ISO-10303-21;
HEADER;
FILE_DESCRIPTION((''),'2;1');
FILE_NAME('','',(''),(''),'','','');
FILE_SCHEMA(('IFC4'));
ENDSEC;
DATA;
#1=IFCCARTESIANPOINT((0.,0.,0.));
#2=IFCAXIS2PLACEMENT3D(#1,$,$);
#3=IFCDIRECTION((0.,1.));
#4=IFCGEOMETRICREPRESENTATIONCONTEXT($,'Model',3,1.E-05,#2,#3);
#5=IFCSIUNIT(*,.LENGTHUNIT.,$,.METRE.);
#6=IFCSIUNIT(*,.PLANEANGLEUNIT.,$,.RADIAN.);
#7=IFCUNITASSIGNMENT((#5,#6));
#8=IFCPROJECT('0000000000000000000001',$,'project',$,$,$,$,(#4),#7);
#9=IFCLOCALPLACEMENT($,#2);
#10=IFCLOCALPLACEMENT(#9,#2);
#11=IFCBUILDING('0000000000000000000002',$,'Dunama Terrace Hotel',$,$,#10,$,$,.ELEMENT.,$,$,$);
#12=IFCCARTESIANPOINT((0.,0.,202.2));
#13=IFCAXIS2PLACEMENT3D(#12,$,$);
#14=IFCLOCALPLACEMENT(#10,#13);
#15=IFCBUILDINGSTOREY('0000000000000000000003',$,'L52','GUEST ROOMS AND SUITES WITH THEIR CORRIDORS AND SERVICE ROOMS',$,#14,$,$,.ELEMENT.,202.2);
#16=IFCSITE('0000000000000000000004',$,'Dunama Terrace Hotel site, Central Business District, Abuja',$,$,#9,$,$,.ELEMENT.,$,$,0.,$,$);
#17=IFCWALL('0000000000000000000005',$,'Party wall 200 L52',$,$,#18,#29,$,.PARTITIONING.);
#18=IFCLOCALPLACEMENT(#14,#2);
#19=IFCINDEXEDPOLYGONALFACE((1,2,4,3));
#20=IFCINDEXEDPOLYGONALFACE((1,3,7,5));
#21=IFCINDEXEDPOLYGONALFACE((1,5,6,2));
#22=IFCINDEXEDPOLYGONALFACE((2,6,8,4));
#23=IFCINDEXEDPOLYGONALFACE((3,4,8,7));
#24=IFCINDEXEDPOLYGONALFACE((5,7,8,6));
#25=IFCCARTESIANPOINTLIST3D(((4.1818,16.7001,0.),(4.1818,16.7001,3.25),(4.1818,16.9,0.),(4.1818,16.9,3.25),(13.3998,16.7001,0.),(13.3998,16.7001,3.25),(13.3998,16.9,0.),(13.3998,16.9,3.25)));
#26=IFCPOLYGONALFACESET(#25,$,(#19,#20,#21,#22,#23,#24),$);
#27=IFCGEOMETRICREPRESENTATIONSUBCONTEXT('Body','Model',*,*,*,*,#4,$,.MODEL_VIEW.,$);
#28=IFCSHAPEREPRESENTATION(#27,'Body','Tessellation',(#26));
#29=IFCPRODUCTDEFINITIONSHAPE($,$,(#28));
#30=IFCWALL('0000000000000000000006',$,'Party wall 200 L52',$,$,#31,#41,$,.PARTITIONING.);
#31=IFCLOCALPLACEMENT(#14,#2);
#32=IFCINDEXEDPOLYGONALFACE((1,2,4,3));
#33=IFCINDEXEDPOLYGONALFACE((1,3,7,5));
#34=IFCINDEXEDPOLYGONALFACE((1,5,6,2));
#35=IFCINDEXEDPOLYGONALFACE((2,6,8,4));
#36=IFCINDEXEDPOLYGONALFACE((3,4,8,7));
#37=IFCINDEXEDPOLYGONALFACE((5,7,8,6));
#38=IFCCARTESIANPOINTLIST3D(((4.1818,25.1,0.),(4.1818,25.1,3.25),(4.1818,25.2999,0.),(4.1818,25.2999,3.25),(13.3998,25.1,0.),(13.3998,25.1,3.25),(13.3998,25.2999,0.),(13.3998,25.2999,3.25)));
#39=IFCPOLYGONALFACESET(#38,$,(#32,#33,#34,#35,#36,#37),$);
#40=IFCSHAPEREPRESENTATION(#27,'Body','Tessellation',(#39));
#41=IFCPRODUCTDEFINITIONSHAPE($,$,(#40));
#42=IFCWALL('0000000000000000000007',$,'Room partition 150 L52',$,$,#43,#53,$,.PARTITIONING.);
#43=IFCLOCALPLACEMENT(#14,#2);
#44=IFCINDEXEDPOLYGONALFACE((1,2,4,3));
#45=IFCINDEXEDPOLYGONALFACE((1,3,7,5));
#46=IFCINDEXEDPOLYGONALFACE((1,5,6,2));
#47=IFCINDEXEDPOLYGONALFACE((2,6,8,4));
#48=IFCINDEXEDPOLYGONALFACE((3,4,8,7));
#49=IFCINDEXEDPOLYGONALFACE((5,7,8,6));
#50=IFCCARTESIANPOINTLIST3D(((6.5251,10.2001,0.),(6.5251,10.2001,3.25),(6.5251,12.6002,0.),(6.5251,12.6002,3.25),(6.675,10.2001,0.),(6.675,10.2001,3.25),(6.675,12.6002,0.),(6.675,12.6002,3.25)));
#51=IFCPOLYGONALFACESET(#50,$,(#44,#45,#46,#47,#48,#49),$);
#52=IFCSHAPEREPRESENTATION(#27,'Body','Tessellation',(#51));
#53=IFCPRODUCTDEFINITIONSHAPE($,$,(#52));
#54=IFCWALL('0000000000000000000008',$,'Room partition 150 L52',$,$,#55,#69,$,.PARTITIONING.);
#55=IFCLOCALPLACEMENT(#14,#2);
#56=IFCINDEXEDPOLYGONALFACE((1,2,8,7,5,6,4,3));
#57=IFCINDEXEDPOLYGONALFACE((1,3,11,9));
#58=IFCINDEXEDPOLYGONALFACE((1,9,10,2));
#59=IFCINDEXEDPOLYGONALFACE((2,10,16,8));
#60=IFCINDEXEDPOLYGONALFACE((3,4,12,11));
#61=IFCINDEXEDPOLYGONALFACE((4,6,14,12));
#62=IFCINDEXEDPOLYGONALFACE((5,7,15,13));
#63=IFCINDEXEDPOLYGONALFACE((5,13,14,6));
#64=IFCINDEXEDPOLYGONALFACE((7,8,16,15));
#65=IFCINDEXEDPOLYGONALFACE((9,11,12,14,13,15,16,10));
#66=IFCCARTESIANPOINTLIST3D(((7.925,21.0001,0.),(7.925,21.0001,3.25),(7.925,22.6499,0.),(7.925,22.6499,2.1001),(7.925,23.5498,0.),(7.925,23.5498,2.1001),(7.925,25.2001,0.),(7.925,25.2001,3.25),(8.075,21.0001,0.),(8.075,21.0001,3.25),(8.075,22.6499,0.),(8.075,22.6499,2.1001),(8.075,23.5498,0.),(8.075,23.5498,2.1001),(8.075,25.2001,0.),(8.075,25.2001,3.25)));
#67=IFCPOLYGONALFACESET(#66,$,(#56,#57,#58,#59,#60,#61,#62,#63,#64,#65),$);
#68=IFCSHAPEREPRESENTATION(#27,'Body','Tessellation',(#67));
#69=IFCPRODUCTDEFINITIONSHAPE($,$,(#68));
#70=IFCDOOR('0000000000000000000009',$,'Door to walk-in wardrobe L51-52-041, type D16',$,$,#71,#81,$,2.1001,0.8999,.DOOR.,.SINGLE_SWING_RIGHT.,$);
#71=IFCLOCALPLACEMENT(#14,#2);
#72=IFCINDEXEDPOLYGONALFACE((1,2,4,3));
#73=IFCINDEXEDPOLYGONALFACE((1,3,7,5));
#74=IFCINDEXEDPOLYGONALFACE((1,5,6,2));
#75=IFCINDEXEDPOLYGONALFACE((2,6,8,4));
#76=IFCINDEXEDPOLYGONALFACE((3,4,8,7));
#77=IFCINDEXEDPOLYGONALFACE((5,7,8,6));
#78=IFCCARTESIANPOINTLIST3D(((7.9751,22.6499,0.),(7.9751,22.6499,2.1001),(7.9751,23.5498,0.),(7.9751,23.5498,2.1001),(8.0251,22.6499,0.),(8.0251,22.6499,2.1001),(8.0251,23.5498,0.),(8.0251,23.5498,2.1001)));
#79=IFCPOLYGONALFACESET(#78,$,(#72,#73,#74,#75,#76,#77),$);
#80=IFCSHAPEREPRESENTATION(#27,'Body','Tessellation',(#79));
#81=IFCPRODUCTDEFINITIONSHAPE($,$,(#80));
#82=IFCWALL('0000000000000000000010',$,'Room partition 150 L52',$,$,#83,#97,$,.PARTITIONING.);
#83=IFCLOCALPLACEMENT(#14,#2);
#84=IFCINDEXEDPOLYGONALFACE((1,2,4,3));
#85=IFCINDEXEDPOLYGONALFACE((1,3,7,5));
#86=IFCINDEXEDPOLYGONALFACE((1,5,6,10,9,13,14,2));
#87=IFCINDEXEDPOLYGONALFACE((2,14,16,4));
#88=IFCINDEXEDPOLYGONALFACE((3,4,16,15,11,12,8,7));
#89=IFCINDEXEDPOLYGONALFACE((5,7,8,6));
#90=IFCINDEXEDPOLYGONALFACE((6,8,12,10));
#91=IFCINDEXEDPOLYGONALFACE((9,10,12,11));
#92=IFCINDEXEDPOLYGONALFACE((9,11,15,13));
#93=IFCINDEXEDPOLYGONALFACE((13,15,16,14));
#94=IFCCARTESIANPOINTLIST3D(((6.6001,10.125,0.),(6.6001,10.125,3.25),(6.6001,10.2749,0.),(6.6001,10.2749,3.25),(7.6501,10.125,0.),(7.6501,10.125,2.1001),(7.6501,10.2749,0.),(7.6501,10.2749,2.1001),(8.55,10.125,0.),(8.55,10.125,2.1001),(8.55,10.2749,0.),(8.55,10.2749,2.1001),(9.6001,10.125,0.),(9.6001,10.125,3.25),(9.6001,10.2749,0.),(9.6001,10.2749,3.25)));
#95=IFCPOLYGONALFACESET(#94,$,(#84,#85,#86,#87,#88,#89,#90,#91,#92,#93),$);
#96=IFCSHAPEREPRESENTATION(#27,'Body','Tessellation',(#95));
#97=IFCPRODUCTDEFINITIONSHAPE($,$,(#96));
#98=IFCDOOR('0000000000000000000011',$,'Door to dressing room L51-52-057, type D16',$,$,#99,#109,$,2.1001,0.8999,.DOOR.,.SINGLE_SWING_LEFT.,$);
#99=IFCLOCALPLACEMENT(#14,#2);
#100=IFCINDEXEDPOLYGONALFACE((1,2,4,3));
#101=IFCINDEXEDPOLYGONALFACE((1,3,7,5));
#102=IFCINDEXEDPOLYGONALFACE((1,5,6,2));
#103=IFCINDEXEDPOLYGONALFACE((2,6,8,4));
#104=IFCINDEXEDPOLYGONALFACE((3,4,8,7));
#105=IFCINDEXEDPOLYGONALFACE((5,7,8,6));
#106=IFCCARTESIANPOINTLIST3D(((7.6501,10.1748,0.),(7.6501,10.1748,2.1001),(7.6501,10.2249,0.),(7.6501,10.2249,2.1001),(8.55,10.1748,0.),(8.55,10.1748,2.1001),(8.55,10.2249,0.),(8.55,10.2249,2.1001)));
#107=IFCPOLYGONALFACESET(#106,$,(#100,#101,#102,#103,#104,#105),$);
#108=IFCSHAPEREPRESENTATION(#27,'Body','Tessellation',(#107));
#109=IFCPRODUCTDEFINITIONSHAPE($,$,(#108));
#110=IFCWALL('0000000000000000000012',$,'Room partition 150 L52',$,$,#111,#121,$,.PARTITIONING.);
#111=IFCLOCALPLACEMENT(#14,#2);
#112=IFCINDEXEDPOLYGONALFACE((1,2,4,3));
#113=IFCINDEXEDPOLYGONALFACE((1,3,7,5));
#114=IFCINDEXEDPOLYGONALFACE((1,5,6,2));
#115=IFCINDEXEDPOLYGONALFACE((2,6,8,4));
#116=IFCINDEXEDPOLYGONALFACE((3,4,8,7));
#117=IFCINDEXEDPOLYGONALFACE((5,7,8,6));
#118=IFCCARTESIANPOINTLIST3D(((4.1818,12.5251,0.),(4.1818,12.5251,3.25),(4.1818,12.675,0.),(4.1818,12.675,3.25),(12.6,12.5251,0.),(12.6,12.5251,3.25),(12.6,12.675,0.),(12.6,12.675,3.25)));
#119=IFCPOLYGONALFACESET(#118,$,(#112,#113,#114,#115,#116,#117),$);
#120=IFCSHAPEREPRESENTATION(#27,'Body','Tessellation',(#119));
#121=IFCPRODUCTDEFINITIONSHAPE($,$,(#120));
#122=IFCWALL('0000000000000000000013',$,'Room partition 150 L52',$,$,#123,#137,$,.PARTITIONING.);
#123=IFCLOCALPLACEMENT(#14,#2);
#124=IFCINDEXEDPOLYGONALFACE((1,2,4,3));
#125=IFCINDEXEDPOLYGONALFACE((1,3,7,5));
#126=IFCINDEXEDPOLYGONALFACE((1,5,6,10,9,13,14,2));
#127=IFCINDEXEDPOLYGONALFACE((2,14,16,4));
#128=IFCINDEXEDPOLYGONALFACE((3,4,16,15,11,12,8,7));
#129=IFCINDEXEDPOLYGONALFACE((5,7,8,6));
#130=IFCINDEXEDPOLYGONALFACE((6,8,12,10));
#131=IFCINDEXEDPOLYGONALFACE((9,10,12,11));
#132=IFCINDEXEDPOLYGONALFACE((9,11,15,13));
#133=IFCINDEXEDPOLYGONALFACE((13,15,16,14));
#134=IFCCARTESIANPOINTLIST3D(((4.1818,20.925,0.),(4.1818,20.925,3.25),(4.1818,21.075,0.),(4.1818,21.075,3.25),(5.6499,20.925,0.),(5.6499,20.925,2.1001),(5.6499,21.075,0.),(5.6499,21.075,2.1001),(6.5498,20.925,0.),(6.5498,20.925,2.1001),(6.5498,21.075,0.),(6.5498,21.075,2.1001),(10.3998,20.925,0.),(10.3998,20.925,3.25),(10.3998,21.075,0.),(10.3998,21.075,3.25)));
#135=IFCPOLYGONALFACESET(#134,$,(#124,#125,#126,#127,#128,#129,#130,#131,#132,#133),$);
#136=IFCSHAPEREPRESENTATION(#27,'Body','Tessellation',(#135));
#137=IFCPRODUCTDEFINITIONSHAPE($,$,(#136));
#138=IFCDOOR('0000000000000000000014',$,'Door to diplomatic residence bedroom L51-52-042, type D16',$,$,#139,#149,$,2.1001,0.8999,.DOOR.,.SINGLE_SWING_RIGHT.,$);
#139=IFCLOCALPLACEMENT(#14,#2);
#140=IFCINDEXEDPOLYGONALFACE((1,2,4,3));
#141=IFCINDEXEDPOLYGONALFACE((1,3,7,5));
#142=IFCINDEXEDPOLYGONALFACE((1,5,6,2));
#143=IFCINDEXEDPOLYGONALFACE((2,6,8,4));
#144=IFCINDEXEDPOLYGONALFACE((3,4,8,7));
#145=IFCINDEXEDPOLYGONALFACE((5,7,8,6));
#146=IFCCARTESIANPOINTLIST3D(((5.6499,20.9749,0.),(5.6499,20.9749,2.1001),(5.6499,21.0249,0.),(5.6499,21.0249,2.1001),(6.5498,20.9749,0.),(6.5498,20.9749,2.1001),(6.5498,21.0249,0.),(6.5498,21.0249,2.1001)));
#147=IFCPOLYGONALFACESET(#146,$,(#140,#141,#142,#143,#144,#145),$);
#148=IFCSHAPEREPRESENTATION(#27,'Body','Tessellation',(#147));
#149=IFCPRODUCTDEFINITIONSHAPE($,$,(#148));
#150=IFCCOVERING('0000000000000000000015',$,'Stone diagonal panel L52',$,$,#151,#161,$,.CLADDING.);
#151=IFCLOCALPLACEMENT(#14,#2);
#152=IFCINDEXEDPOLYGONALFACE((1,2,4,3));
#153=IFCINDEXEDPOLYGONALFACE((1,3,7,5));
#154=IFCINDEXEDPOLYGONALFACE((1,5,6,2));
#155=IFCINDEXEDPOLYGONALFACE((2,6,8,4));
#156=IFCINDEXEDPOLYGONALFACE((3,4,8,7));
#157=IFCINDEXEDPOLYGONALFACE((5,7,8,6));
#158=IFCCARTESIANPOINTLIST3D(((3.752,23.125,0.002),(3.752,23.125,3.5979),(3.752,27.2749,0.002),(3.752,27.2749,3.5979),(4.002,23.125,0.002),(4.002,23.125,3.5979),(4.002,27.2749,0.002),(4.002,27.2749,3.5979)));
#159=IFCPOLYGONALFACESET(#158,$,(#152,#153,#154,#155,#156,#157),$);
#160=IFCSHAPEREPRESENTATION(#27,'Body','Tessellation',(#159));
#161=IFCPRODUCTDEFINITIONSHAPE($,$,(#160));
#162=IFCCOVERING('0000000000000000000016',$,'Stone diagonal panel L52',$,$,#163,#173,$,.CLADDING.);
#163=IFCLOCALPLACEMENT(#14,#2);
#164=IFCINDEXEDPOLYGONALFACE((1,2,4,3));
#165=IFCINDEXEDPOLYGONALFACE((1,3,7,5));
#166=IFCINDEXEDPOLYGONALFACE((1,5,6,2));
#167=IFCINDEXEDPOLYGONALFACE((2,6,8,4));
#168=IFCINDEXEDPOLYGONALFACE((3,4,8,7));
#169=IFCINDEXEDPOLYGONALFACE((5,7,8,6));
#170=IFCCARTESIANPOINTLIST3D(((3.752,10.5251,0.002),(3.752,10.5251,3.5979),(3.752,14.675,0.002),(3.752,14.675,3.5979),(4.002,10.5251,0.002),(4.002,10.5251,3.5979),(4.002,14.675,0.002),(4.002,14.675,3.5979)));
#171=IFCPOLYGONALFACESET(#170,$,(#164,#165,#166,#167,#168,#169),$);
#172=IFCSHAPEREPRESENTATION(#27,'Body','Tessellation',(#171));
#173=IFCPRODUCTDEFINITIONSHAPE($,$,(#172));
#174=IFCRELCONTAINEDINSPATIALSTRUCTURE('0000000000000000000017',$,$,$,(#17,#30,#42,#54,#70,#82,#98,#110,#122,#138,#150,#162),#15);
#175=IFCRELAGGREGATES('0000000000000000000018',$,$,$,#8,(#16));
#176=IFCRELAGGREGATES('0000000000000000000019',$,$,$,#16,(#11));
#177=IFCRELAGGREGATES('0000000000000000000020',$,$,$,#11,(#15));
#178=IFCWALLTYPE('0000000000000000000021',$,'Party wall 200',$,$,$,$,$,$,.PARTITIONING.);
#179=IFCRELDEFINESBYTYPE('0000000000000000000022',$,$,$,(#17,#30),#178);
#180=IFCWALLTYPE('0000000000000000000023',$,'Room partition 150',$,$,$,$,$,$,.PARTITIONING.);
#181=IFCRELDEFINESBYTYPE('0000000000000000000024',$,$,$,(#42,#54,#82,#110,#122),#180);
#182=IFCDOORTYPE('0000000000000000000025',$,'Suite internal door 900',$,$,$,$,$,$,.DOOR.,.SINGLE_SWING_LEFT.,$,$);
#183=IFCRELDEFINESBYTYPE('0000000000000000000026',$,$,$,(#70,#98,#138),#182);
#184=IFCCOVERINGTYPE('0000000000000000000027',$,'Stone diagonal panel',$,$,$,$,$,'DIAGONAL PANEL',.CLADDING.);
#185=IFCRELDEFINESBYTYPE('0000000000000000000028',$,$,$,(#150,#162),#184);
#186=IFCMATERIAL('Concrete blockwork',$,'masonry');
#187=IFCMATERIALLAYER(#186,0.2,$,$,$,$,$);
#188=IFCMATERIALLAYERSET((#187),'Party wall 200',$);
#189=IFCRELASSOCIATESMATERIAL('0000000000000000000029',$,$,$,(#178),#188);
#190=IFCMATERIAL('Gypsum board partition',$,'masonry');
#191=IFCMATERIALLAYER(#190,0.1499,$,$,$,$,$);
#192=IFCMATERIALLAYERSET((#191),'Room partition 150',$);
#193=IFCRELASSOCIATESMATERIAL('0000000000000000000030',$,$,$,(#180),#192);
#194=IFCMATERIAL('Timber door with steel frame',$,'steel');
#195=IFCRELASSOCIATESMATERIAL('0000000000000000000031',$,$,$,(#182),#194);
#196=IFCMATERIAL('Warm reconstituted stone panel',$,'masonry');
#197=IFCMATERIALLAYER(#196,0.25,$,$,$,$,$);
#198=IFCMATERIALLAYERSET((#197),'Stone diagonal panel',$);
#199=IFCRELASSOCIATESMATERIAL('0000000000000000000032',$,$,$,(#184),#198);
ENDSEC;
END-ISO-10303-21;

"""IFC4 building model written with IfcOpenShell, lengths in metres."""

from ifc_helpers import new_model, si_unit, direction, frame, frame_2d, origin, origin_2d, place, context, subcontext, project, spatial, rectangle, extrude, material, layer, layer_set, type_object, element, fill, save


model = new_model("IFC4")

# Units and contexts
model_context = context("Model", 3, precision=1e-05, world=origin(), true_north=direction((0.0, 1.0)))
body_context = subcontext(model_context, "Body", "Model", "MODEL_VIEW")
ifc_project = project(units=[si_unit("LENGTHUNIT", "METRE"), si_unit("PLANEANGLEUNIT", "RADIAN")], contexts=[model_context])

# Site, building, storey
site_placement = place(None, origin())
site = spatial("IfcSite", under=ifc_project, at=site_placement, Name="Dunama Terrace Hotel site, Central Business District, Abuja", CompositionType="ELEMENT", RefElevation=0.0)
building_placement = place(site_placement, origin())
building = spatial("IfcBuilding", under=site, at=building_placement, Name="Dunama Terrace Hotel", CompositionType="ELEMENT")
storey_placement = place(building_placement, frame((0.0, 0.0, 202.2)))
storey = spatial("IfcBuildingStorey", under=building, at=storey_placement, Name="L52", Description="GUEST ROOMS AND SUITES WITH THEIR CORRIDORS AND SERVICE ROOMS", CompositionType="ELEMENT", Elevation=202.2)

# Walls
ifc_material_1 = material(Name="Concrete blockwork", Category="masonry")
ifc_layer_1 = layer(ifc_material_1, 0.2)
ifc_layer_set_1 = layer_set([ifc_layer_1], Name="Party wall 200")
wall_type_1 = type_object("IfcWallType", Name="Party wall 200", PredefinedType="PARTITIONING", material=ifc_layer_set_1)
for number, where, z_axis, x_axis, name in (
    (1, (4.1819, 16.8, 0.0), (0.0, 0.0, 1.0), (1.0, 0.0, 0.0), "Party wall 200 L52"),
    (2, (4.1819, 25.2, 0.0), (0.0, 0.0, 1.0), (1.0, 0.0, 0.0), "Party wall 200 L52"),
):
    element("IfcWall", number, at=place(storey_placement, frame(where, z_axis=z_axis, x_axis=x_axis)), inside=storey, type_object=wall_type_1, Name=name, PredefinedType="PARTITIONING", context=body_context, shape_type="SweptSolid", body=[
        extrude(rectangle(XDim=9.218, YDim=0.2, at=frame_2d((4.6089, 0.0))), origin(), (0.0, 0.0, 1.0), 3.25),
    ])
ifc_material_2 = material(Name="Gypsum board partition", Category="masonry")
ifc_layer_2 = layer(ifc_material_2, 0.1499)
ifc_layer_set_2 = layer_set([ifc_layer_2], Name="Room partition 150")
wall_type_2 = type_object("IfcWallType", Name="Room partition 150", PredefinedType="PARTITIONING", material=ifc_layer_set_2)
wall_1_placement = place(storey_placement, frame((6.6001, 10.2, 0.0), z_axis=(0.0, 0.0, 1.0), x_axis=(0.0, 1.0, 0.0)))
element("IfcWall", 3, at=wall_1_placement, inside=storey, type_object=wall_type_2, Name="Room partition 150 L52", PredefinedType="PARTITIONING", context=body_context, shape_type="SweptSolid", body=[
    extrude(rectangle(XDim=2.4001, YDim=0.1499, at=frame_2d((1.2002, 0.0))), origin(), (0.0, 0.0, 1.0), 3.25),
])

# Walls, openings, doors
wall_2_placement = place(storey_placement, frame((8.0, 21.0, 0.0), z_axis=(0.0, 0.0, 1.0), x_axis=(0.0, 1.0, 0.0)))
wall_2 = element("IfcWall", 4, at=wall_2_placement, inside=storey, type_object=wall_type_2, Name="Room partition 150 L52", PredefinedType="PARTITIONING", context=body_context, shape_type="SweptSolid", body=[
    extrude(rectangle(XDim=4.2, YDim=0.1499, at=frame_2d((2.1001, 0.0))), origin(), (0.0, 0.0, 1.0), 3.25),
])
opening_1_placement = place(wall_2_placement, frame((1.6499, 0.0, 0.0)))
opening_1 = element("IfcOpeningElement", 5, at=opening_1_placement, cuts=wall_2, PredefinedType="OPENING", context=body_context, shape_type="SweptSolid", body=[
    extrude(rectangle(XDim=0.8999, YDim=2.1001, at=frame_2d((0.45, 1.05))), frame((0.0, 0.085, 0.0), z_axis=(0.0, -1.0, 0.0), x_axis=(1.0, 0.0, 0.0)), (0.0, 0.0, 1.0), 0.1699),
])
ifc_material_3 = material(Name="Timber door with steel frame", Category="steel")
door_type = type_object("IfcDoorType", Name="Suite internal door 900", OperationType="SINGLE_SWING_LEFT", PredefinedType="DOOR", material=ifc_material_3)
door_1_placement = place(opening_1_placement, frame((0.8999, 0.0, 0.0), z_axis=(0.0, 0.0, 1.0), x_axis=(-1.0, 0.0, 0.0)))
door_1 = element("IfcDoor", 6, at=door_1_placement, inside=storey, type_object=door_type, Name="Door to walk-in wardrobe L51-52-041, type D16", OperationType="SINGLE_SWING_RIGHT", OverallHeight=2.1001, OverallWidth=0.8999, PredefinedType="DOOR", context=body_context, shape_type="SweptSolid", body=[
    extrude(rectangle(XDim=0.8999, YDim=2.1001, at=frame_2d((0.45, 1.05))), frame((0.0, 0.0251, 0.0), z_axis=(0.0, -1.0, 0.0), x_axis=(1.0, 0.0, 0.0)), (0.0, 0.0, 1.0), 0.05),
])
fill(opening_1, door_1)
wall_3_placement = place(storey_placement, frame((6.6001, 10.2, 0.0), z_axis=(0.0, 0.0, 1.0), x_axis=(1.0, 0.0, 0.0)))
wall_3 = element("IfcWall", 7, at=wall_3_placement, inside=storey, type_object=wall_type_2, Name="Room partition 150 L52", PredefinedType="PARTITIONING", context=body_context, shape_type="SweptSolid", body=[
    extrude(rectangle(XDim=3.0, YDim=0.1499, at=frame_2d((1.5, 0.0))), origin(), (0.0, 0.0, 1.0), 3.25),
])
opening_2_placement = place(wall_3_placement, frame((1.05, 0.0, 0.0)))
opening_2 = element("IfcOpeningElement", 8, at=opening_2_placement, cuts=wall_3, PredefinedType="OPENING", context=body_context, shape_type="SweptSolid", body=[
    extrude(rectangle(XDim=0.8999, YDim=2.1001, at=frame_2d((0.45, 1.05))), frame((0.0, 0.085, 0.0), z_axis=(0.0, -1.0, 0.0), x_axis=(1.0, 0.0, 0.0)), (0.0, 0.0, 1.0), 0.1699),
])
door_2_placement = place(opening_2_placement, origin())
door_2 = element("IfcDoor", 9, at=door_2_placement, inside=storey, type_object=door_type, Name="Door to dressing room L51-52-057, type D16", OperationType="SINGLE_SWING_LEFT", OverallHeight=2.1001, OverallWidth=0.8999, PredefinedType="DOOR", context=body_context, shape_type="SweptSolid", body=[
    extrude(rectangle(XDim=0.8999, YDim=2.1001, at=frame_2d((0.45, 1.05))), frame((0.0, 0.0249, 0.0), z_axis=(0.0, -1.0, 0.0), x_axis=(1.0, 0.0, 0.0)), (0.0, 0.0, 1.0), 0.05),
])
fill(opening_2, door_2)

# Wall
wall_4_placement = place(storey_placement, frame((4.1819, 12.6001, 0.0), z_axis=(0.0, 0.0, 1.0), x_axis=(1.0, 0.0, 0.0)))
element("IfcWall", 10, at=wall_4_placement, inside=storey, type_object=wall_type_2, Name="Room partition 150 L52", PredefinedType="PARTITIONING", context=body_context, shape_type="SweptSolid", body=[
    extrude(rectangle(XDim=8.4182, YDim=0.1499, at=frame_2d((4.209, 0.0))), origin(), (0.0, 0.0, 1.0), 3.25),
])

# Wall, opening, door
wall_5_placement = place(storey_placement, frame((4.1819, 21.0, 0.0), z_axis=(0.0, 0.0, 1.0), x_axis=(1.0, 0.0, 0.0)))
wall_5 = element("IfcWall", 11, at=wall_5_placement, inside=storey, type_object=wall_type_2, Name="Room partition 150 L52", PredefinedType="PARTITIONING", context=body_context, shape_type="SweptSolid", body=[
    extrude(rectangle(XDim=6.218, YDim=0.1499, at=frame_2d((3.1089, 0.0))), origin(), (0.0, 0.0, 1.0), 3.25),
])
opening_3_placement = place(wall_5_placement, frame((1.468, 0.0, 0.0)))
opening_3 = element("IfcOpeningElement", 12, at=opening_3_placement, cuts=wall_5, PredefinedType="OPENING", context=body_context, shape_type="SweptSolid", body=[
    extrude(rectangle(XDim=0.8999, YDim=2.1001, at=frame_2d((0.45, 1.05))), frame((0.0, 0.085, 0.0), z_axis=(0.0, -1.0, 0.0), x_axis=(1.0, 0.0, 0.0)), (0.0, 0.0, 1.0), 0.1699),
])
door_3_placement = place(opening_3_placement, origin())
door_3 = element("IfcDoor", 13, at=door_3_placement, inside=storey, type_object=door_type, Name="Door to diplomatic residence bedroom L51-52-042, type D16", OperationType="SINGLE_SWING_RIGHT", OverallHeight=2.1001, OverallWidth=0.8999, PredefinedType="DOOR", context=body_context, shape_type="SweptSolid", body=[
    extrude(rectangle(XDim=0.8999, YDim=2.1001, at=frame_2d((0.45, 1.05))), frame((0.0, 0.0249, 0.0), z_axis=(0.0, -1.0, 0.0), x_axis=(1.0, 0.0, 0.0)), (0.0, 0.0, 1.0), 0.05),
])
fill(opening_3, door_3)

# Coverings
ifc_material_4 = material(Name="Warm reconstituted stone panel", Category="masonry")
ifc_layer_3 = layer(ifc_material_4, 0.25)
ifc_layer_set_3 = layer_set([ifc_layer_3], Name="Stone diagonal panel")
covering_type = type_object("IfcCoveringType", Name="Stone diagonal panel", ElementType="DIAGONAL PANEL", PredefinedType="CLADDING", material=ifc_layer_set_3)
for number, where, z_axis, x_axis, name in (
    (14, (3.877, 25.2, 0.002), (0.0, 0.0, 1.0), (0.0, -1.0, 0.0), "Stone diagonal panel L52"),
    (15, (3.877, 12.6001, 0.002), (0.0, 0.0, 1.0), (0.0, -1.0, 0.0), "Stone diagonal panel L52"),
):
    element("IfcCovering", number, at=place(storey_placement, frame(where, z_axis=z_axis, x_axis=x_axis)), inside=storey, type_object=covering_type, Name=name, PredefinedType="CLADDING", context=body_context, shape_type="SweptSolid", body=[
        extrude(rectangle(XDim=4.1499, YDim=0.25, at=origin_2d()), origin(), (0.0, 0.0, 1.0), 3.5959),
    ])

save(model, "model.ifc")
